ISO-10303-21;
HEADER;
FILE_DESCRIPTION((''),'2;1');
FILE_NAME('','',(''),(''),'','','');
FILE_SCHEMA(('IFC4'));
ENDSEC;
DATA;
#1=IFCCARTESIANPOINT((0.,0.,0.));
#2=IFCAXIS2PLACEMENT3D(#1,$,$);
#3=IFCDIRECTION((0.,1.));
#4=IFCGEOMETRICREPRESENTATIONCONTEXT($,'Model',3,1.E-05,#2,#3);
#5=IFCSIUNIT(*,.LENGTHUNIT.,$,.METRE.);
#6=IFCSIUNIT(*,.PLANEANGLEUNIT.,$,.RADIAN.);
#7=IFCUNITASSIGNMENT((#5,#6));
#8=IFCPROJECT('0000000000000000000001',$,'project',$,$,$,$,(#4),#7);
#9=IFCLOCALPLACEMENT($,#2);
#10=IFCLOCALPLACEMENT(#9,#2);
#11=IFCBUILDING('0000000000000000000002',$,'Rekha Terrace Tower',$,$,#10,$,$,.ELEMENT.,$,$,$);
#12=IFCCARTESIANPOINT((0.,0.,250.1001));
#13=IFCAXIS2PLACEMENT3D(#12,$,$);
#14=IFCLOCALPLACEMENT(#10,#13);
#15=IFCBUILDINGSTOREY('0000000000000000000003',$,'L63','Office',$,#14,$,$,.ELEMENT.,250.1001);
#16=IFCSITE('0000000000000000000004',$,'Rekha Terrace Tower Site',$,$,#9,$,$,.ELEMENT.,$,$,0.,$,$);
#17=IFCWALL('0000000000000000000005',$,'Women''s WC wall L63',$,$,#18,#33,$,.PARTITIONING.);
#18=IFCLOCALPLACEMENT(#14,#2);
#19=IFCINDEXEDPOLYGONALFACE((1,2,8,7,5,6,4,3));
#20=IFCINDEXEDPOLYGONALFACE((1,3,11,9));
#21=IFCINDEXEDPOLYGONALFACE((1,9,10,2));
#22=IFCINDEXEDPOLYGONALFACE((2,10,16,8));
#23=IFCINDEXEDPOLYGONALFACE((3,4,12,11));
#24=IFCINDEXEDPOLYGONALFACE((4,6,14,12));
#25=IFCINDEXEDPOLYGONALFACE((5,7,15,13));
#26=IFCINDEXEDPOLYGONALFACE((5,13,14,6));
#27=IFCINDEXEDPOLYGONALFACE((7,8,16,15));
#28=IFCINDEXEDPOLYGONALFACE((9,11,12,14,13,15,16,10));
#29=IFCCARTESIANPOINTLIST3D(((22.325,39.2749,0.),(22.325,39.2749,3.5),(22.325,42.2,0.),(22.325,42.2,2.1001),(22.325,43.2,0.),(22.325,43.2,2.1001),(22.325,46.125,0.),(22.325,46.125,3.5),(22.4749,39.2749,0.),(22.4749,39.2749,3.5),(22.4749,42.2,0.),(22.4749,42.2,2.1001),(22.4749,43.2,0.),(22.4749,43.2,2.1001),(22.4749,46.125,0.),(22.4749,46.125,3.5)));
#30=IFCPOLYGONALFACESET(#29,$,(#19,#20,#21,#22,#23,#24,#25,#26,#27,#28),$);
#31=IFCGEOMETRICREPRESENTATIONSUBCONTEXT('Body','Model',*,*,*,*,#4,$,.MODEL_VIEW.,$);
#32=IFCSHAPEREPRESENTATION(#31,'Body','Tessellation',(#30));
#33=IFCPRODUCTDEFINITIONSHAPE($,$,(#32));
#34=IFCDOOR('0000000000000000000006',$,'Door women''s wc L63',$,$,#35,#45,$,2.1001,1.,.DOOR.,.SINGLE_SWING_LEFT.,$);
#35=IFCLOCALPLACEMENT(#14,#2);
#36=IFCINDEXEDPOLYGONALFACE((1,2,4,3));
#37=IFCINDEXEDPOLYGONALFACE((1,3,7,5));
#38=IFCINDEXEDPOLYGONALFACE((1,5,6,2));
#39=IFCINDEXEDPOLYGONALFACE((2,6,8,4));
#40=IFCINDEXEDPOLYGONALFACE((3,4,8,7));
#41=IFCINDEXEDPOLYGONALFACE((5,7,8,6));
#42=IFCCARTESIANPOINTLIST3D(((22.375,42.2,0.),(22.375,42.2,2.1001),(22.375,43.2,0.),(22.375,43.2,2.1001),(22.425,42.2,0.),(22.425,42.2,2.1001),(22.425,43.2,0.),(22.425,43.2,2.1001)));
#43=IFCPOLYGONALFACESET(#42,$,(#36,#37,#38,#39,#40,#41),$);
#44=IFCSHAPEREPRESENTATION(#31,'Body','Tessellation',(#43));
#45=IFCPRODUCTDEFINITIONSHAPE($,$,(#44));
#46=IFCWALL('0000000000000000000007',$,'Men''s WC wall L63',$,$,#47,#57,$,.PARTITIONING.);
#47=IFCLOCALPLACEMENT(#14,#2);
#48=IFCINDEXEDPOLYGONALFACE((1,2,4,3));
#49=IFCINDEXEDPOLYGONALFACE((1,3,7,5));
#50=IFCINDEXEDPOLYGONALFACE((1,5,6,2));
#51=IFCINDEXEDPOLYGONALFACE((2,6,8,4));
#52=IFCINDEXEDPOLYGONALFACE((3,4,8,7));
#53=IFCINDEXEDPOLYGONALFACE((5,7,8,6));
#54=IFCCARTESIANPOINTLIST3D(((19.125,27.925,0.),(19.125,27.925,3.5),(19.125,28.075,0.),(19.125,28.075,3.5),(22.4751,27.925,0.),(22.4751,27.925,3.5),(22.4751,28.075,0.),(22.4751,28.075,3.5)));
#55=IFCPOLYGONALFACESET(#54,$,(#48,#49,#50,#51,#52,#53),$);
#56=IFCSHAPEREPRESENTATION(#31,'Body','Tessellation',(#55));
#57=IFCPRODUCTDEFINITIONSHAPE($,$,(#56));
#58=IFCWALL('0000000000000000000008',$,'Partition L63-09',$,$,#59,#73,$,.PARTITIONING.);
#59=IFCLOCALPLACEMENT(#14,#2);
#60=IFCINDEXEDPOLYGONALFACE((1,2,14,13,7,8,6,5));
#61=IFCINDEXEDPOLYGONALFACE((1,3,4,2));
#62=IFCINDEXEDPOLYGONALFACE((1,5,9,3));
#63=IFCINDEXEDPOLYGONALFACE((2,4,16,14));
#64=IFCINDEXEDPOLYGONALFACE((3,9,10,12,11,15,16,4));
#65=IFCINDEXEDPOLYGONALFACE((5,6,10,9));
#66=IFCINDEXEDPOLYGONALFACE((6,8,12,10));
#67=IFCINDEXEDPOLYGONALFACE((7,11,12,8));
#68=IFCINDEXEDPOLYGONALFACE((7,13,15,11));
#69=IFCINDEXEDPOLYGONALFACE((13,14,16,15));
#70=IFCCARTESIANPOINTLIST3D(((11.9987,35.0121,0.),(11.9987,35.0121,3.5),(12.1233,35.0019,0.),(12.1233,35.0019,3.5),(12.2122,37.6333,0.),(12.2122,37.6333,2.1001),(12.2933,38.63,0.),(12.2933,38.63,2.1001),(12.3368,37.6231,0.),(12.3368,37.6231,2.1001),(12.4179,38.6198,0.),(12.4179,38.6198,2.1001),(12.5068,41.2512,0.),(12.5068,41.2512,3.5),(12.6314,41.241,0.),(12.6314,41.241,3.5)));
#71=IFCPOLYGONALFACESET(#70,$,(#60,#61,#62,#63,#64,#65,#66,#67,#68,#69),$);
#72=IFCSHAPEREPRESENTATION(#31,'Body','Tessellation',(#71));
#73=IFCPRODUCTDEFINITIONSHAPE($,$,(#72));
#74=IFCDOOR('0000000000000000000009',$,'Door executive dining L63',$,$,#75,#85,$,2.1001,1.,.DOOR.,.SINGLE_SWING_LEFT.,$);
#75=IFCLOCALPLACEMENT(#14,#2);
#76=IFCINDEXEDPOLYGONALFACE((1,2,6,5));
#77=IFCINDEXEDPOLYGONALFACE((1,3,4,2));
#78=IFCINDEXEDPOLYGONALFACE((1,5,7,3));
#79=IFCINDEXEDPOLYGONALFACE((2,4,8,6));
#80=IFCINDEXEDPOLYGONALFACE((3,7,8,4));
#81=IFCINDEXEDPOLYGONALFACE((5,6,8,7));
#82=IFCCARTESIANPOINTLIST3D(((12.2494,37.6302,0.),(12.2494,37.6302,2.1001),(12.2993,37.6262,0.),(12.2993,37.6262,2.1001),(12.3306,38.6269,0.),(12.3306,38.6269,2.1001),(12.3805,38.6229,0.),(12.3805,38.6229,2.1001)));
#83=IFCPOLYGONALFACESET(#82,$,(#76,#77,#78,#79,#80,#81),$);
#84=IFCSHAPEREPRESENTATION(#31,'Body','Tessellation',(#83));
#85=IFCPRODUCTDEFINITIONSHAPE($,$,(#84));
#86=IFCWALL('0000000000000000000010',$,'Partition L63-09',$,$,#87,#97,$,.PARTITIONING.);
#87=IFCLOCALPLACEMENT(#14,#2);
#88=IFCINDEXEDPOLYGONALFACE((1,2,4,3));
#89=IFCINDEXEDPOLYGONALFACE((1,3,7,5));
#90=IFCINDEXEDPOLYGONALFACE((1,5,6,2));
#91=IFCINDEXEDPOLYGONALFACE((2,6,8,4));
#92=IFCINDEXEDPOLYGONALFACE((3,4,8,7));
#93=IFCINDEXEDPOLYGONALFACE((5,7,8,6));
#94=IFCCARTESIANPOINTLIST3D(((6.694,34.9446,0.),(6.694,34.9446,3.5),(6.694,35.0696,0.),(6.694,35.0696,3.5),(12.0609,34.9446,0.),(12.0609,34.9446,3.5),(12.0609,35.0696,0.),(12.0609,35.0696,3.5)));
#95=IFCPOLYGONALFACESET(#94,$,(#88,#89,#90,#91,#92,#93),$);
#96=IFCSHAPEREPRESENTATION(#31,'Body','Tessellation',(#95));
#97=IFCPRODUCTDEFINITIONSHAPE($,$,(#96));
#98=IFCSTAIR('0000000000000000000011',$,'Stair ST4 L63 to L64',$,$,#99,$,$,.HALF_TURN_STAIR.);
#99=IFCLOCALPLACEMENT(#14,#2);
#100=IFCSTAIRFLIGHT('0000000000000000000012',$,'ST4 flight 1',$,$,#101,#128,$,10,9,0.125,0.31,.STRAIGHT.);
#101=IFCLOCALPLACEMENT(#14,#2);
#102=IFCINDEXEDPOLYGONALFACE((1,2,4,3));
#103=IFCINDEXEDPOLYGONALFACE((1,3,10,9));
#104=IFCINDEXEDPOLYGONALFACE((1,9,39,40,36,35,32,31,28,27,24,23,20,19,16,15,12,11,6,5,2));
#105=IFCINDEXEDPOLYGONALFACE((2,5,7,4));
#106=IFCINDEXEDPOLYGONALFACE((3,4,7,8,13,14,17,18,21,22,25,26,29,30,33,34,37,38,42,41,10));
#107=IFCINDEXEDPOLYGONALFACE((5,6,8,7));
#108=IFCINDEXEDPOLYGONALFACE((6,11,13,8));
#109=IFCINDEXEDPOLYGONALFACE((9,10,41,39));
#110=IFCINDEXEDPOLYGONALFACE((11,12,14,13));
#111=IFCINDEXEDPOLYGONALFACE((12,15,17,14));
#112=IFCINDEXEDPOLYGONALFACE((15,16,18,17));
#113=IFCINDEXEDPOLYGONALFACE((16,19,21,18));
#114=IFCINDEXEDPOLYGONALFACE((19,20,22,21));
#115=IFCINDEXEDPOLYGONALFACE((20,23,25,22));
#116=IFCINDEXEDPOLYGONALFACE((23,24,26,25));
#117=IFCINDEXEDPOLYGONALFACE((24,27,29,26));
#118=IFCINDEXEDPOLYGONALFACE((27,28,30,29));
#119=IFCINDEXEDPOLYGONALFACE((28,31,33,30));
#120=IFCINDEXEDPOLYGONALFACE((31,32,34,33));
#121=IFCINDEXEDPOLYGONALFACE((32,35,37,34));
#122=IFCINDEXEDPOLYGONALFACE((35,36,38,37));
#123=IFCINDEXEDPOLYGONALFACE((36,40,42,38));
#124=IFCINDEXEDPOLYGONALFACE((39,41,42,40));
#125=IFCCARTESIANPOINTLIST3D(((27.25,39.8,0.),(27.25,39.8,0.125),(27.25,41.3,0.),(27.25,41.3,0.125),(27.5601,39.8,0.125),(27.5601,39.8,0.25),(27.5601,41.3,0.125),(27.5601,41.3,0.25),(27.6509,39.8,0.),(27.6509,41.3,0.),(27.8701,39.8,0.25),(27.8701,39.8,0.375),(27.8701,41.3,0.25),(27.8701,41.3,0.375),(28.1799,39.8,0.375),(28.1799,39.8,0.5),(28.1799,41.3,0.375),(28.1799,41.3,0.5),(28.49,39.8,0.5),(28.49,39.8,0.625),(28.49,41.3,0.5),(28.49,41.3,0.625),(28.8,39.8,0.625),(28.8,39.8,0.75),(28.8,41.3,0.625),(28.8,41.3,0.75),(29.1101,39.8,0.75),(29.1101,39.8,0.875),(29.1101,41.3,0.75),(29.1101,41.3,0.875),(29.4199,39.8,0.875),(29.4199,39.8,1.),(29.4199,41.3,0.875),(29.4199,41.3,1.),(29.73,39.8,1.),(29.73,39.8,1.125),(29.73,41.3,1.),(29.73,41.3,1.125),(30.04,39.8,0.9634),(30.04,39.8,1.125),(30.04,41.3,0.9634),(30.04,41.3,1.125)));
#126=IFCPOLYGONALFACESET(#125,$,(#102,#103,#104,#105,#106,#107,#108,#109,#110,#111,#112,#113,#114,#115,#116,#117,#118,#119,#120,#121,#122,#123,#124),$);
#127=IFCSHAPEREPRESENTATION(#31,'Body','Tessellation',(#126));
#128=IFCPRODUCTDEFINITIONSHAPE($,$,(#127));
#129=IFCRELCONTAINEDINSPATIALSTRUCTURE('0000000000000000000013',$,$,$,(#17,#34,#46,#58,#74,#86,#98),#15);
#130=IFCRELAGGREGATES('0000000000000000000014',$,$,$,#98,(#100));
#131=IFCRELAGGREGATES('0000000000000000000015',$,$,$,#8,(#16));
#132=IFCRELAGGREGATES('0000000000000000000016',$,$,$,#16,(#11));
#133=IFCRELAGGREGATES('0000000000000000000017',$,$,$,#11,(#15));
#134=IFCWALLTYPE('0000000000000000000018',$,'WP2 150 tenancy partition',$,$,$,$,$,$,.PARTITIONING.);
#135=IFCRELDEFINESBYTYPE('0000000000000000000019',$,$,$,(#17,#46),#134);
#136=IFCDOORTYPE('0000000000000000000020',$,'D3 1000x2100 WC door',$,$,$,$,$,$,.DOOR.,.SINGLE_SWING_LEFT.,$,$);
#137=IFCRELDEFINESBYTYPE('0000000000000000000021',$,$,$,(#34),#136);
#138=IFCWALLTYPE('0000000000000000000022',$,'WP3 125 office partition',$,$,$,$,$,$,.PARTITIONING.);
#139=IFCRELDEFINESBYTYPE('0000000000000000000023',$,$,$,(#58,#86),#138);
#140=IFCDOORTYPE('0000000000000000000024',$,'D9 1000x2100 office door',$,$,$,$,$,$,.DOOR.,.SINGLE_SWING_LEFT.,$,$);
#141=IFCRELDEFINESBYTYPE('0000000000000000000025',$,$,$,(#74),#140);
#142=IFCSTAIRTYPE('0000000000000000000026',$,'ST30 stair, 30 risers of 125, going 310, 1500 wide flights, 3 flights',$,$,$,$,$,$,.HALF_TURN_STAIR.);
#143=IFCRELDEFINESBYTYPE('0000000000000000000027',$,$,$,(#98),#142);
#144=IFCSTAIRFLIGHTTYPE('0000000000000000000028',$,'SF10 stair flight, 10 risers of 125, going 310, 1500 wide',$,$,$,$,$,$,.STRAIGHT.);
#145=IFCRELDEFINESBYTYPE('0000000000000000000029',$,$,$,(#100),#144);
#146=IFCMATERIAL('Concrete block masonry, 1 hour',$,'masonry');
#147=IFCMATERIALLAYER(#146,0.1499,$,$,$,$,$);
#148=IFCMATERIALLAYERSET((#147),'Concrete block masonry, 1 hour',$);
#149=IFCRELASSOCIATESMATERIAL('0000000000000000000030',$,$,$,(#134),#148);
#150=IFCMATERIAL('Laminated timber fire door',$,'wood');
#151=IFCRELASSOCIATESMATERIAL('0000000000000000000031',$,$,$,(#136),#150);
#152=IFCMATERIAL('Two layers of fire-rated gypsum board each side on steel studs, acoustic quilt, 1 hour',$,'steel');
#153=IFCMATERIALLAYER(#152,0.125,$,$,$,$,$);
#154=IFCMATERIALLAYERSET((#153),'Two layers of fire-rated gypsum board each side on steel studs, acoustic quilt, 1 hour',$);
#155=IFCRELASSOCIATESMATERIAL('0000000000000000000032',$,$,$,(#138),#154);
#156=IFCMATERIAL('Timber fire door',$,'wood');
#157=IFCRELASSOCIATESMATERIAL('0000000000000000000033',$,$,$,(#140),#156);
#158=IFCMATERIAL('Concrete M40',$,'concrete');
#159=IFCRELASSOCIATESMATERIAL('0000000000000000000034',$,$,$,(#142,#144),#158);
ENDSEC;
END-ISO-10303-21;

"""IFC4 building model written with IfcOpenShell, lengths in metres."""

from ifc_helpers import new_model, si_unit, direction, frame, frame_2d, origin, place, context, subcontext, project, spatial, polyline, rectangle, outline, extrude, material, layer, layer_set, type_object, element, fill, aggregate, save


model = new_model("IFC4")

# Units and contexts
model_context = context("Model", 3, precision=1e-05, world=origin(), true_north=direction((0.0, 1.0)))
body_context = subcontext(model_context, "Body", "Model", "MODEL_VIEW")
ifc_project = project(units=[si_unit("LENGTHUNIT", "METRE"), si_unit("PLANEANGLEUNIT", "RADIAN")], contexts=[model_context])

# Site, building, storey
site_placement = place(None, origin())
site = spatial("IfcSite", under=ifc_project, at=site_placement, Name="Rekha Terrace Tower Site", CompositionType="ELEMENT", RefElevation=0.0)
building_placement = place(site_placement, origin())
building = spatial("IfcBuilding", under=site, at=building_placement, Name="Rekha Terrace Tower", CompositionType="ELEMENT")
storey_placement = place(building_placement, frame((0.0, 0.0, 250.1001)))
storey = spatial("IfcBuildingStorey", under=building, at=storey_placement, Name="L63", Description="Office", CompositionType="ELEMENT", Elevation=250.1001)

# Shared definitions
ifc_material_1 = material(Name="Concrete block masonry, 1 hour", Category="masonry")
ifc_layer_1 = layer(ifc_material_1, 0.1499)
ifc_layer_set_1 = layer_set([ifc_layer_1], Name="Concrete block masonry, 1 hour")
wall_type_1 = type_object("IfcWallType", Name="WP2 150 tenancy partition", PredefinedType="PARTITIONING", material=ifc_layer_set_1)

# Wall, opening, door
wall_1_placement = place(storey_placement, frame((22.3999, 39.2749, 0.0), z_axis=(0.0, 0.0, 1.0), x_axis=(0.0, 1.0, 0.0)))
wall_1 = element("IfcWall", 1, at=wall_1_placement, inside=storey, type_object=wall_type_1, Name="Women's WC wall L63", PredefinedType="PARTITIONING", context=body_context, shape_type="SweptSolid", body=[
    extrude(rectangle(XDim=6.8501, YDim=0.1499, at=frame_2d((3.425, 0.0))), origin(), (0.0, 0.0, 1.0), 3.5),
])
opening_1_placement = place(wall_1_placement, frame((2.925, 0.0, 0.0)))
opening_1 = element("IfcOpeningElement", 2, at=opening_1_placement, cuts=wall_1, PredefinedType="OPENING", context=body_context, shape_type="SweptSolid", body=[
    extrude(rectangle(XDim=1.0, YDim=2.1001, at=frame_2d((0.5, 1.05))), frame((0.0, 0.085, 0.0), z_axis=(0.0, -1.0, 0.0), x_axis=(1.0, 0.0, 0.0)), (0.0, 0.0, 1.0), 0.1699),
])
ifc_material_2 = material(Name="Laminated timber fire door", Category="wood")
door_type_1 = type_object("IfcDoorType", Name="D3 1000x2100 WC door", OperationType="SINGLE_SWING_LEFT", PredefinedType="DOOR", material=ifc_material_2)
door_1_placement = place(opening_1_placement, origin())
door_1 = element("IfcDoor", 3, at=door_1_placement, inside=storey, type_object=door_type_1, Name="Door women's wc L63", OperationType="SINGLE_SWING_LEFT", OverallHeight=2.1001, OverallWidth=1.0, PredefinedType="DOOR", context=body_context, shape_type="SweptSolid", body=[
    extrude(rectangle(XDim=1.0, YDim=2.1001, at=frame_2d((0.5, 1.05))), frame((0.0, 0.0249, 0.0), z_axis=(0.0, -1.0, 0.0), x_axis=(1.0, 0.0, 0.0)), (0.0, 0.0, 1.0), 0.05),
])
fill(opening_1, door_1)

# Wall
wall_2_placement = place(storey_placement, frame((19.125, 28.0, 0.0), z_axis=(0.0, 0.0, 1.0), x_axis=(1.0, 0.0, 0.0)))
element("IfcWall", 4, at=wall_2_placement, inside=storey, type_object=wall_type_1, Name="Men's WC wall L63", PredefinedType="PARTITIONING", context=body_context, shape_type="SweptSolid", body=[
    extrude(rectangle(XDim=3.3501, YDim=0.1499, at=frame_2d((1.675, 0.0))), origin(), (0.0, 0.0, 1.0), 3.5),
])

# Wall, opening, door
ifc_material_3 = material(Name="Two layers of fire-rated gypsum board each side on steel studs, acoustic quilt, 1 hour", Category="steel")
ifc_layer_2 = layer(ifc_material_3, 0.125)
ifc_layer_set_2 = layer_set([ifc_layer_2], Name="Two layers of fire-rated gypsum board each side on steel studs, acoustic quilt, 1 hour")
wall_type_2 = type_object("IfcWallType", Name="WP3 125 office partition", PredefinedType="PARTITIONING", material=ifc_layer_set_2)
wall_3_placement = place(storey_placement, frame((12.5691, 41.2461, 0.0), z_axis=(0.0, 0.0, 1.0), x_axis=(-0.081164, -0.996701, 0.0)))
wall_3 = element("IfcWall", 5, at=wall_3_placement, inside=storey, type_object=wall_type_2, Name="Partition L63-09", PredefinedType="PARTITIONING", context=body_context, shape_type="SweptSolid", body=[
    extrude(rectangle(XDim=6.2598, YDim=0.125, at=frame_2d((3.1299, 0.0))), origin(), (0.0, 0.0, 1.0), 3.5),
])
opening_2_placement = place(wall_3_placement, frame((2.6299, 0.0, 0.0)))
opening_2 = element("IfcOpeningElement", 6, at=opening_2_placement, cuts=wall_3, PredefinedType="OPENING", context=body_context, shape_type="SweptSolid", body=[
    extrude(rectangle(XDim=1.0, YDim=2.1001, at=frame_2d((0.5, 1.05))), frame((0.0, 0.0725, 0.0), z_axis=(0.0, -1.0, 0.0), x_axis=(1.0, 0.0, 0.0)), (0.0, 0.0, 1.0), 0.145),
])
ifc_material_4 = material(Name="Timber fire door", Category="wood")
door_type_2 = type_object("IfcDoorType", Name="D9 1000x2100 office door", OperationType="SINGLE_SWING_LEFT", PredefinedType="DOOR", material=ifc_material_4)
door_2_placement = place(opening_2_placement, origin())
door_2 = element("IfcDoor", 7, at=door_2_placement, inside=storey, type_object=door_type_2, Name="Door executive dining L63", OperationType="SINGLE_SWING_LEFT", OverallHeight=2.1001, OverallWidth=1.0, PredefinedType="DOOR", context=body_context, shape_type="SweptSolid", body=[
    extrude(rectangle(XDim=1.0, YDim=2.1001, at=frame_2d((0.5, 1.05))), frame((0.0, 0.0249, 0.0), z_axis=(0.0, -1.0, 0.0), x_axis=(1.0, 0.0, 0.0)), (0.0, 0.0, 1.0), 0.05),
])
fill(opening_2, door_2)

# Wall
wall_4_placement = place(storey_placement, frame((12.061, 35.0071, 0.0), z_axis=(0.0, 0.0, 1.0), x_axis=(-1.0, 0.0, 0.0)))
element("IfcWall", 8, at=wall_4_placement, inside=storey, type_object=wall_type_2, Name="Partition L63-09", PredefinedType="PARTITIONING", context=body_context, shape_type="SweptSolid", body=[
    extrude(rectangle(XDim=5.3669, YDim=0.125, at=frame_2d((2.6836, 0.0))), origin(), (0.0, 0.0, 1.0), 3.5),
])

# Stair, stair flight
ifc_material_5 = material(Name="Concrete M40", Category="concrete")
stair_type = type_object("IfcStairType", Name="ST30 stair, 30 risers of 125, going 310, 1500 wide flights, 3 flights", PredefinedType="HALF_TURN_STAIR", material=ifc_material_5)
stair_placement = place(storey_placement, origin())
stair = element("IfcStair", 9, at=stair_placement, inside=storey, type_object=stair_type, Name="Stair ST4 L63 to L64", PredefinedType="HALF_TURN_STAIR")
stair_flight_type = type_object("IfcStairFlightType", Name="SF10 stair flight, 10 risers of 125, going 310, 1500 wide", PredefinedType="STRAIGHT", material=ifc_material_5)
stair_flight_placement = place(storey_placement, frame((27.25, 40.55, 0.0), z_axis=(0.0, 0.0, 1.0), x_axis=(1.0, 0.0, 0.0)))
stair_flight = element("IfcStairFlight", 10, at=stair_flight_placement, type_object=stair_flight_type, Name="ST4 flight 1", NumberOfRisers=10, NumberOfTreads=9, PredefinedType="STRAIGHT", RiserHeight=0.125, TreadLength=0.31, context=body_context, shape_type="SweptSolid", body=[
    extrude(outline(polyline([(0.0, 0.0), (0.0, 0.125), (0.3101, 0.125), (0.3101, 0.25), (0.6201, 0.25), (0.6201, 0.375), (0.9299, 0.375), (0.9299, 0.5), (1.24, 0.5), (1.24, 0.625), (1.55, 0.625), (1.55, 0.75), (1.8601, 0.75), (1.8601, 0.875), (2.1699, 0.875), (2.1699, 1.0), (2.48, 1.0), (2.48, 1.125), (2.79, 1.125), (2.79, 1.25), (2.79, 0.9634), (0.4009, 0.0), (0.0, 0.0)])), frame((0.0, 0.75, 0.0), z_axis=(0.0, -1.0, 0.0), x_axis=(1.0, 0.0, 0.0)), (0.0, 0.0, 1.0), 1.5),
])
aggregate(stair, [stair_flight])

save(model, "model.ifc")
